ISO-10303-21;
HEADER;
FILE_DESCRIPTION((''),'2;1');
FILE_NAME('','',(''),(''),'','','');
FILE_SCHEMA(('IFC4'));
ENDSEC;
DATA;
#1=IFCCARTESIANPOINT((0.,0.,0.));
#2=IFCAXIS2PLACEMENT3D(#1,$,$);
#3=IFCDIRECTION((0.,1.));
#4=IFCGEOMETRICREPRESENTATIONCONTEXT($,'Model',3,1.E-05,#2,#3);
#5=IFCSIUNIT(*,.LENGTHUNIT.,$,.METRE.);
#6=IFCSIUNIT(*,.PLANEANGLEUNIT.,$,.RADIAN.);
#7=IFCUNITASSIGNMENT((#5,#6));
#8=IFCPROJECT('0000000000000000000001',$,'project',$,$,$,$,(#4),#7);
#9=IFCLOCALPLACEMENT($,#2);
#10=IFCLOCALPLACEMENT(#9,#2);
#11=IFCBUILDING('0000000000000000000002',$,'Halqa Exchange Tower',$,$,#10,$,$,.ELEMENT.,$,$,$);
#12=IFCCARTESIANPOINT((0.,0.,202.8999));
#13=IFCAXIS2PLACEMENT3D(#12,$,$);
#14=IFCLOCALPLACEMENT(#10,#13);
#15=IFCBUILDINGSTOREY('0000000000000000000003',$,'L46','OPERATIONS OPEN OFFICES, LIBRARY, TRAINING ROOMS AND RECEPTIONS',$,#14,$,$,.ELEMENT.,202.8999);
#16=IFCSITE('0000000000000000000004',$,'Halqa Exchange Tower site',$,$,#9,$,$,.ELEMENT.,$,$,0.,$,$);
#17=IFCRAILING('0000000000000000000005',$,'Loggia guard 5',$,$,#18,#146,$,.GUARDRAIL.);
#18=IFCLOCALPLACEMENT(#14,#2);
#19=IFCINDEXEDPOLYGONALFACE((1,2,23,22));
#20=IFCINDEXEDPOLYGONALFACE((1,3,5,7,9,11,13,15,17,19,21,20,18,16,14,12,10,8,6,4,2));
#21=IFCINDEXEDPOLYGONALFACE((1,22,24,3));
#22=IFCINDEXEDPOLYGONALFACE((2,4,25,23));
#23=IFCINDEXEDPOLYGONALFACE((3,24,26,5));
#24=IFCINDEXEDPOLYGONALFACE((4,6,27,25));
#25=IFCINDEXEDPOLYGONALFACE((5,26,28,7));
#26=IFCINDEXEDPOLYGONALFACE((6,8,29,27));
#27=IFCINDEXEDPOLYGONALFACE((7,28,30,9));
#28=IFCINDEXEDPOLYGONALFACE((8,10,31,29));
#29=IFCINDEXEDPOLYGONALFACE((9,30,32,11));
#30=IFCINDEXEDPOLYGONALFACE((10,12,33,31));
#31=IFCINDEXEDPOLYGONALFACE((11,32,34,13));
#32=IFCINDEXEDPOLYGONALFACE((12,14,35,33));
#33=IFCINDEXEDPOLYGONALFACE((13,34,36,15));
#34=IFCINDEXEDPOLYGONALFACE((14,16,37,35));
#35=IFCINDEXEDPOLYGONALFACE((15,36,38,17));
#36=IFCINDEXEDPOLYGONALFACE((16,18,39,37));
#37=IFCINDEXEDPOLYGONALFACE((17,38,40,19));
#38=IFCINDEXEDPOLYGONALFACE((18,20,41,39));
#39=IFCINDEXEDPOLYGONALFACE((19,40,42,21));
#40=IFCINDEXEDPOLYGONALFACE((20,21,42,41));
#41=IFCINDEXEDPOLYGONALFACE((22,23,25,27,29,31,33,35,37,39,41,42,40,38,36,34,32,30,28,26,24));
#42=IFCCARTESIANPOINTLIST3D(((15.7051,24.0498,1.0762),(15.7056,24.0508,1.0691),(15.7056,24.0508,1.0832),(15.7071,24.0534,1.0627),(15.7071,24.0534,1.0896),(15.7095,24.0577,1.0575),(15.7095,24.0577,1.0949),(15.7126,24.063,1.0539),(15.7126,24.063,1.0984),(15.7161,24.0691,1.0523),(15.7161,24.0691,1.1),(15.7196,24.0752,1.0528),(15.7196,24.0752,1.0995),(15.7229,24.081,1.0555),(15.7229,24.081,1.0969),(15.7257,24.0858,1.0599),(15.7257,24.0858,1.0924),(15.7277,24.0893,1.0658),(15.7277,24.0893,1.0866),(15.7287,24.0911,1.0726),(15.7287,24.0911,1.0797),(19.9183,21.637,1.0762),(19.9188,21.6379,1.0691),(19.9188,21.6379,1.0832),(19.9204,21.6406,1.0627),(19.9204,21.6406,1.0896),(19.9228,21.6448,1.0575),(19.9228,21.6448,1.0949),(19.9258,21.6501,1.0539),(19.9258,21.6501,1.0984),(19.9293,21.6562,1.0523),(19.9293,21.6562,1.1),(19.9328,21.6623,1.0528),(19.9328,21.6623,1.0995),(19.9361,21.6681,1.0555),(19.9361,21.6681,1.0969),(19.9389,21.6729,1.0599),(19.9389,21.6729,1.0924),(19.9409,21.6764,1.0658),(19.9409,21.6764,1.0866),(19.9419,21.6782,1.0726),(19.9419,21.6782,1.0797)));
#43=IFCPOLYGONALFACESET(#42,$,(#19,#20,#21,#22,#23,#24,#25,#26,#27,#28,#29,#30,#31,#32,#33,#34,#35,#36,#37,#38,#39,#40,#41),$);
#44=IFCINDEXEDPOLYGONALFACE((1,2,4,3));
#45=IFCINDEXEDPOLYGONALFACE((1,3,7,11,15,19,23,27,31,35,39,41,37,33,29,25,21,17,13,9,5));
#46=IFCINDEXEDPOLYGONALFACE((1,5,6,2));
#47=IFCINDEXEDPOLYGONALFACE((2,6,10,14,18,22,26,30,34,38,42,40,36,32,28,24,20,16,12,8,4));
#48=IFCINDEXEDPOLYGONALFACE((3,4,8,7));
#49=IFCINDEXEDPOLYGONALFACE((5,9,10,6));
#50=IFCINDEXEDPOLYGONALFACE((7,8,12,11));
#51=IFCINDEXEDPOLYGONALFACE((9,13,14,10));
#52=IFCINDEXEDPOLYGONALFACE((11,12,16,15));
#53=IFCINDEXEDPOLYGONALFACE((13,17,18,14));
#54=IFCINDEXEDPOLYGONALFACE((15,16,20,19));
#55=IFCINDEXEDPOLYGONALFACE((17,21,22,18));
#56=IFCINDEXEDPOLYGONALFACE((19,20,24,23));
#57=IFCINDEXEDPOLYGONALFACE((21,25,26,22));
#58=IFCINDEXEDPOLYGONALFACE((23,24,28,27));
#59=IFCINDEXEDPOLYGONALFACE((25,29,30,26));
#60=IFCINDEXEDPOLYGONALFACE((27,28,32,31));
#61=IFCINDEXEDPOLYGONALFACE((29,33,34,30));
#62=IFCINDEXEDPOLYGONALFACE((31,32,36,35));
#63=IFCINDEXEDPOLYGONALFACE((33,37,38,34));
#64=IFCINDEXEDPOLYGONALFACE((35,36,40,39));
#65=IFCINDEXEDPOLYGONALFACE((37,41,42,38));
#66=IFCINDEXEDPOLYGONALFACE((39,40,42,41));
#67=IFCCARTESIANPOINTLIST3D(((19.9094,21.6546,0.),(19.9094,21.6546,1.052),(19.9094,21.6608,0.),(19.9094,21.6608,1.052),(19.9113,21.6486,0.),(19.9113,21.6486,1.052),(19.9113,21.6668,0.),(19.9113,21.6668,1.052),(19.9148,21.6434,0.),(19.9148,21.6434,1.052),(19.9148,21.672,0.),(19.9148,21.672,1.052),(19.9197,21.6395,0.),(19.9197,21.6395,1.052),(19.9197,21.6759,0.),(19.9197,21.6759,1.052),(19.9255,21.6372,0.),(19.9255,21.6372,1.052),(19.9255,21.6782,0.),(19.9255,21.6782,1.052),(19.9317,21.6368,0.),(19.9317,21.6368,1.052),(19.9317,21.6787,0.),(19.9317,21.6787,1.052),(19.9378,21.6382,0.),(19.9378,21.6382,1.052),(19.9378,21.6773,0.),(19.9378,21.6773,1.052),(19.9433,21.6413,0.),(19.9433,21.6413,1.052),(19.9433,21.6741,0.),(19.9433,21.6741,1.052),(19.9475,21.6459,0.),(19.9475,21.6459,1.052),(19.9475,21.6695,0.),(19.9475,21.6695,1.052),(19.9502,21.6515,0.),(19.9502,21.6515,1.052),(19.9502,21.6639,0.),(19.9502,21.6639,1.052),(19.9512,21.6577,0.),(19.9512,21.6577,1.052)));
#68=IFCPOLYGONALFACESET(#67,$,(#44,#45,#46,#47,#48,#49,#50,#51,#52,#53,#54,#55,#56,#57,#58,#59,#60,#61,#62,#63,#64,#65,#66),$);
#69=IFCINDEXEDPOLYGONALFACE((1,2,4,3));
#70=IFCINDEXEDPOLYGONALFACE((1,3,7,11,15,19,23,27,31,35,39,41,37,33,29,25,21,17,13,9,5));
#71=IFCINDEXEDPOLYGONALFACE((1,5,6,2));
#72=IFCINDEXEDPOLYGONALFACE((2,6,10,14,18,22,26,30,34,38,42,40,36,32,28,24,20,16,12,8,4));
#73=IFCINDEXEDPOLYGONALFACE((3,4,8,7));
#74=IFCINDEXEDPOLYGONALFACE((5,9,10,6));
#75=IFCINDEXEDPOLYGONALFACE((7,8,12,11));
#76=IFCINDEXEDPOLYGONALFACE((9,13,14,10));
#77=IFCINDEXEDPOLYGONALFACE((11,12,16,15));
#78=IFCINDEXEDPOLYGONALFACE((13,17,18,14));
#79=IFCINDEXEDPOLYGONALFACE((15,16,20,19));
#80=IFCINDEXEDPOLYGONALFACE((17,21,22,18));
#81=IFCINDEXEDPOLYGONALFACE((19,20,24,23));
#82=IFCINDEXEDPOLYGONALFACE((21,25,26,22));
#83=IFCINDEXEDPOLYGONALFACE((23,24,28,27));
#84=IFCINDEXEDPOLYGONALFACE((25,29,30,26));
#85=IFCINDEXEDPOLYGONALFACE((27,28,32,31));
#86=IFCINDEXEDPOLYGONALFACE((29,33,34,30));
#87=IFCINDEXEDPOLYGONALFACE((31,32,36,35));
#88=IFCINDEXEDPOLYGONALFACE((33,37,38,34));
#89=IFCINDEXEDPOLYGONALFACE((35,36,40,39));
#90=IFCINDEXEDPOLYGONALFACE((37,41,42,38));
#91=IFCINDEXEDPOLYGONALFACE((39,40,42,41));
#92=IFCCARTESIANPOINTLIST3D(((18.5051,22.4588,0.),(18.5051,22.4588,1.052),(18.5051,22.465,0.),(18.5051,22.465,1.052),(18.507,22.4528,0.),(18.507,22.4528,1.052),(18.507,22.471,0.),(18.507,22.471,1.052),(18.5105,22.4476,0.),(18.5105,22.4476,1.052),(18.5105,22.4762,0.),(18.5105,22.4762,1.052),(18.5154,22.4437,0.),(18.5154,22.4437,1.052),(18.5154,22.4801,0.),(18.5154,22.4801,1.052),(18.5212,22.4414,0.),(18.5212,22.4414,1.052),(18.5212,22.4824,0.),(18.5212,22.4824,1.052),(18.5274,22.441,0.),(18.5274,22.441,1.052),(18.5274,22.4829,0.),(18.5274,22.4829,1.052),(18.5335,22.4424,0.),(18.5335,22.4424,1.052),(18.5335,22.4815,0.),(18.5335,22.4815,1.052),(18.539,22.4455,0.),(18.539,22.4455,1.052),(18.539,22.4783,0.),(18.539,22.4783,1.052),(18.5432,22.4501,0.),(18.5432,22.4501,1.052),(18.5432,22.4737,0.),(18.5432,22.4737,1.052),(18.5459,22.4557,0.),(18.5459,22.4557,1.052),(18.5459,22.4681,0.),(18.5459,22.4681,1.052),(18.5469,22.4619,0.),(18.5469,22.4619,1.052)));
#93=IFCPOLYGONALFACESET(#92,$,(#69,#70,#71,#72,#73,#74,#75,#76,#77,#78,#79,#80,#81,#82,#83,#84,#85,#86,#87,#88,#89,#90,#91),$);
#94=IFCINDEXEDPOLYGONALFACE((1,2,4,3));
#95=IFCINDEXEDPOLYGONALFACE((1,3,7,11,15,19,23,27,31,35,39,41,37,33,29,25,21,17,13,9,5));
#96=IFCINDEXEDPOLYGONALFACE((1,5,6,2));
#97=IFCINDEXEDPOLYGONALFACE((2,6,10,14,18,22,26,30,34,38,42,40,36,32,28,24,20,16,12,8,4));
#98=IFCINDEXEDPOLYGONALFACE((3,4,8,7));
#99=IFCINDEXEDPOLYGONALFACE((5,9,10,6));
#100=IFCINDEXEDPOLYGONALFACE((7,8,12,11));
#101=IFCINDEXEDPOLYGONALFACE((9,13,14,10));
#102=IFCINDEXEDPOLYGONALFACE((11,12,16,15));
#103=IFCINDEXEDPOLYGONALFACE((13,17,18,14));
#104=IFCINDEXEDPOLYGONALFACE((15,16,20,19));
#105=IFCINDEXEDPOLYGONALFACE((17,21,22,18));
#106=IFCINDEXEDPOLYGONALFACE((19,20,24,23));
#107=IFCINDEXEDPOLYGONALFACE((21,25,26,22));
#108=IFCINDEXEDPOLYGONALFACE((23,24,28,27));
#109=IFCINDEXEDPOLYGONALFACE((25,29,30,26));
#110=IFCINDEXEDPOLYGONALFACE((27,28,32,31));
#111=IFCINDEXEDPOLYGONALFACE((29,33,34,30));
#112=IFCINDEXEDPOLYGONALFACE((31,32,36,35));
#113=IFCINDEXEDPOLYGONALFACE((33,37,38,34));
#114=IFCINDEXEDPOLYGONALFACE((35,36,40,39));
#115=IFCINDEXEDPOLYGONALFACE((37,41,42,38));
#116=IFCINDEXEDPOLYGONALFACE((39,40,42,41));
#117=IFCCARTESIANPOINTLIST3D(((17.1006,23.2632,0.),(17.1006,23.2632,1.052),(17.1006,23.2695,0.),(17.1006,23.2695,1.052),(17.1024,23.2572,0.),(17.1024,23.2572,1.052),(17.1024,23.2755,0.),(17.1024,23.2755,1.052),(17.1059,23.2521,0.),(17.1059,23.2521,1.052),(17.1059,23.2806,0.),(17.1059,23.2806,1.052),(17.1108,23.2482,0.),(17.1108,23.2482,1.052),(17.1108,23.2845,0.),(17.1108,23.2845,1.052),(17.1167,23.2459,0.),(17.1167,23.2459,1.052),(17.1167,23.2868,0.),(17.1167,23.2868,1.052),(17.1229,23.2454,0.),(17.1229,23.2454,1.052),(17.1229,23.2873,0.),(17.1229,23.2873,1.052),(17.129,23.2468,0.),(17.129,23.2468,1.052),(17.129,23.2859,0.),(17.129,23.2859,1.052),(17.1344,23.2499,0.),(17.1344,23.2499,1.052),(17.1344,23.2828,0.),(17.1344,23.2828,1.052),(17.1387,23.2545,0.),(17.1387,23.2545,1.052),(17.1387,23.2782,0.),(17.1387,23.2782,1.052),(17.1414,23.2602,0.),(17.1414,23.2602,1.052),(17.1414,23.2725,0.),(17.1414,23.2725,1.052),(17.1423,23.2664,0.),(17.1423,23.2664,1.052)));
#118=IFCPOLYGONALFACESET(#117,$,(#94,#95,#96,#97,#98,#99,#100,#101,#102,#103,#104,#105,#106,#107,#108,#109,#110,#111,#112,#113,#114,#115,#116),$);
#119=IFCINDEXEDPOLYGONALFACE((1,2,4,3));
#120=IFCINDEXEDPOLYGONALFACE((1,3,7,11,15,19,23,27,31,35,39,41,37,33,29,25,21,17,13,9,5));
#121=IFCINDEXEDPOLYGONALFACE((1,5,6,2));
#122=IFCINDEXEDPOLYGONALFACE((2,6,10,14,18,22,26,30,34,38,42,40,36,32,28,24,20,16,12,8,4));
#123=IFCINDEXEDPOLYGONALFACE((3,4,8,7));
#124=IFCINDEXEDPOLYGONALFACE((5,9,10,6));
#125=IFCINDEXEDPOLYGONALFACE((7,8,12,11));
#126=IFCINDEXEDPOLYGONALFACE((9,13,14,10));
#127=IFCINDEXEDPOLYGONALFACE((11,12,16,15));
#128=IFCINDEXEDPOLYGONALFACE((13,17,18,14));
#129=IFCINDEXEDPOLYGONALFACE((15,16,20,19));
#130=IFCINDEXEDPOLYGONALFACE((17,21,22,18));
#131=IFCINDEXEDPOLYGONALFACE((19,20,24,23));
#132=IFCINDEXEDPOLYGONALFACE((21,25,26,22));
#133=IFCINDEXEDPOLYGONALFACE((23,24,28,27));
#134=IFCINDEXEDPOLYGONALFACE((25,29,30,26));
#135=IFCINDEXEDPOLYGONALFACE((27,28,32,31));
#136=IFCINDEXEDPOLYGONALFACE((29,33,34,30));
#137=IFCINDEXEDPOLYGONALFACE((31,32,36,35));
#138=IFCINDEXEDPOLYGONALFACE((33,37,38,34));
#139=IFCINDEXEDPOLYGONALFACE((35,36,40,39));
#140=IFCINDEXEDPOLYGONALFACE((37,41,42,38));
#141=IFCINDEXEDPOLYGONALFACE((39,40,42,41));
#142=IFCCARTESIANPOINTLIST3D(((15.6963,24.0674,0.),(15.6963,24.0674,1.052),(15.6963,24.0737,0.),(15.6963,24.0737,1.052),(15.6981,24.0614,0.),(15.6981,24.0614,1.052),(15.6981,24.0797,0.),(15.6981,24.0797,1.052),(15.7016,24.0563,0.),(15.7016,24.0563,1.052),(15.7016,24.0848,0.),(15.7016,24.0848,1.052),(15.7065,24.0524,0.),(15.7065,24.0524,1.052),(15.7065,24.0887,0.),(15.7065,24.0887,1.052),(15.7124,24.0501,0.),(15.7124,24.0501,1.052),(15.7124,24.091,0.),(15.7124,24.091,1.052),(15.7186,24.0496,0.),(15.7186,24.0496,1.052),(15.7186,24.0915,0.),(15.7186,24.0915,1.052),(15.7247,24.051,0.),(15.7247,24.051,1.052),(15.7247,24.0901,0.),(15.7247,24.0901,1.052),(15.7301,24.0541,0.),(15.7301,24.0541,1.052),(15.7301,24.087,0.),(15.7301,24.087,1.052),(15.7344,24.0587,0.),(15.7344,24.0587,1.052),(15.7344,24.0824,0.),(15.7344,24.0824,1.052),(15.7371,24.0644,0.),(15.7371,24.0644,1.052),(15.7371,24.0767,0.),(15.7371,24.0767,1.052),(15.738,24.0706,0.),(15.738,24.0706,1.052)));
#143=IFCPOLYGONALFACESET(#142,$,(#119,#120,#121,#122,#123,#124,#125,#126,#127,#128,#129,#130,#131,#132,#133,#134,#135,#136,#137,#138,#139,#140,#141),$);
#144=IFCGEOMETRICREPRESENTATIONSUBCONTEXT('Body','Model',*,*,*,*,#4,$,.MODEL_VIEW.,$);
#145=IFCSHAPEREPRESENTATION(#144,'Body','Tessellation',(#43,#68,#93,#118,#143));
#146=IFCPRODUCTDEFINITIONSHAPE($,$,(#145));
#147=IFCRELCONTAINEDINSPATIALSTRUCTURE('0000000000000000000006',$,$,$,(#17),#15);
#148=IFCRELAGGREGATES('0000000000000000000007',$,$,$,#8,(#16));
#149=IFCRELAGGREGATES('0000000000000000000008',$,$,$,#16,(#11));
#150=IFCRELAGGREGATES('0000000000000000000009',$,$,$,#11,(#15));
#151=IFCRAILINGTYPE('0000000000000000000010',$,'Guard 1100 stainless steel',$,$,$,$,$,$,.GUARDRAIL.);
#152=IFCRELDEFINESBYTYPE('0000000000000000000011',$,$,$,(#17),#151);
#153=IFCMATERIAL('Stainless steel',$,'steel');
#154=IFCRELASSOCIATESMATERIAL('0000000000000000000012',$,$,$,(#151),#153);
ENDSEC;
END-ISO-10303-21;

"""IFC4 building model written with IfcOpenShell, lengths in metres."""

from ifc_helpers import new_model, si_unit, direction, frame, origin, origin_2d, place, context, subcontext, project, spatial, circle, extrude, material, type_object, element, save


model = new_model("IFC4")

# Units and contexts
model_context = context("Model", 3, precision=1e-05, world=origin(), true_north=direction((0.0, 1.0)))
body_context = subcontext(model_context, "Body", "Model", "MODEL_VIEW")
ifc_project = project(units=[si_unit("LENGTHUNIT", "METRE"), si_unit("PLANEANGLEUNIT", "RADIAN")], contexts=[model_context])

# Site, building, storey
site_placement = place(None, origin())
site = spatial("IfcSite", under=ifc_project, at=site_placement, Name="Halqa Exchange Tower site", CompositionType="ELEMENT", RefElevation=0.0)
building_placement = place(site_placement, origin())
building = spatial("IfcBuilding", under=site, at=building_placement, Name="Halqa Exchange Tower", CompositionType="ELEMENT")
storey_placement = place(building_placement, frame((0.0, 0.0, 202.8999)))
storey = spatial("IfcBuildingStorey", under=building, at=storey_placement, Name="L46", Description="OPERATIONS OPEN OFFICES, LIBRARY, TRAINING ROOMS AND RECEPTIONS", CompositionType="ELEMENT", Elevation=202.8999)

# Railing
ifc_material_1 = material(Name="Stainless steel", Category="steel")
railing_type = type_object("IfcRailingType", Name="Guard 1100 stainless steel", PredefinedType="GUARDRAIL", material=ifc_material_1)
railing_1_placement = place(storey_placement, frame((19.9302, 21.6577, 0.0)))
element("IfcRailing", 1, at=railing_1_placement, inside=storey, type_object=railing_type, Name="Loggia guard 5", PredefinedType="GUARDRAIL", context=body_context, shape_type="SweptSolid", body=[
    extrude(circle(Radius=0.0239, at=origin_2d()), frame((0.0, 0.0, 1.0762), z_axis=(-0.867769, 0.496967, 0.0), x_axis=(-0.496967, -0.867769, 0.0)), (0.0, 0.0, 1.0), 4.8552),
    extrude(circle(Radius=0.021, at=origin_2d()), origin(), (0.0, 0.0, 1.0), 1.052),
    extrude(circle(Radius=0.021, at=origin_2d()), frame((-1.4043, 0.8042, 0.0)), (0.0, 0.0, 1.0), 1.052),
    extrude(circle(Radius=0.021, at=origin_2d()), frame((-2.8088, 1.6086, 0.0)), (0.0, 0.0, 1.0), 1.052),
    extrude(circle(Radius=0.021, at=origin_2d()), frame((-4.2131, 2.4128, 0.0)), (0.0, 0.0, 1.0), 1.052),
])

save(model, "model.ifc")
